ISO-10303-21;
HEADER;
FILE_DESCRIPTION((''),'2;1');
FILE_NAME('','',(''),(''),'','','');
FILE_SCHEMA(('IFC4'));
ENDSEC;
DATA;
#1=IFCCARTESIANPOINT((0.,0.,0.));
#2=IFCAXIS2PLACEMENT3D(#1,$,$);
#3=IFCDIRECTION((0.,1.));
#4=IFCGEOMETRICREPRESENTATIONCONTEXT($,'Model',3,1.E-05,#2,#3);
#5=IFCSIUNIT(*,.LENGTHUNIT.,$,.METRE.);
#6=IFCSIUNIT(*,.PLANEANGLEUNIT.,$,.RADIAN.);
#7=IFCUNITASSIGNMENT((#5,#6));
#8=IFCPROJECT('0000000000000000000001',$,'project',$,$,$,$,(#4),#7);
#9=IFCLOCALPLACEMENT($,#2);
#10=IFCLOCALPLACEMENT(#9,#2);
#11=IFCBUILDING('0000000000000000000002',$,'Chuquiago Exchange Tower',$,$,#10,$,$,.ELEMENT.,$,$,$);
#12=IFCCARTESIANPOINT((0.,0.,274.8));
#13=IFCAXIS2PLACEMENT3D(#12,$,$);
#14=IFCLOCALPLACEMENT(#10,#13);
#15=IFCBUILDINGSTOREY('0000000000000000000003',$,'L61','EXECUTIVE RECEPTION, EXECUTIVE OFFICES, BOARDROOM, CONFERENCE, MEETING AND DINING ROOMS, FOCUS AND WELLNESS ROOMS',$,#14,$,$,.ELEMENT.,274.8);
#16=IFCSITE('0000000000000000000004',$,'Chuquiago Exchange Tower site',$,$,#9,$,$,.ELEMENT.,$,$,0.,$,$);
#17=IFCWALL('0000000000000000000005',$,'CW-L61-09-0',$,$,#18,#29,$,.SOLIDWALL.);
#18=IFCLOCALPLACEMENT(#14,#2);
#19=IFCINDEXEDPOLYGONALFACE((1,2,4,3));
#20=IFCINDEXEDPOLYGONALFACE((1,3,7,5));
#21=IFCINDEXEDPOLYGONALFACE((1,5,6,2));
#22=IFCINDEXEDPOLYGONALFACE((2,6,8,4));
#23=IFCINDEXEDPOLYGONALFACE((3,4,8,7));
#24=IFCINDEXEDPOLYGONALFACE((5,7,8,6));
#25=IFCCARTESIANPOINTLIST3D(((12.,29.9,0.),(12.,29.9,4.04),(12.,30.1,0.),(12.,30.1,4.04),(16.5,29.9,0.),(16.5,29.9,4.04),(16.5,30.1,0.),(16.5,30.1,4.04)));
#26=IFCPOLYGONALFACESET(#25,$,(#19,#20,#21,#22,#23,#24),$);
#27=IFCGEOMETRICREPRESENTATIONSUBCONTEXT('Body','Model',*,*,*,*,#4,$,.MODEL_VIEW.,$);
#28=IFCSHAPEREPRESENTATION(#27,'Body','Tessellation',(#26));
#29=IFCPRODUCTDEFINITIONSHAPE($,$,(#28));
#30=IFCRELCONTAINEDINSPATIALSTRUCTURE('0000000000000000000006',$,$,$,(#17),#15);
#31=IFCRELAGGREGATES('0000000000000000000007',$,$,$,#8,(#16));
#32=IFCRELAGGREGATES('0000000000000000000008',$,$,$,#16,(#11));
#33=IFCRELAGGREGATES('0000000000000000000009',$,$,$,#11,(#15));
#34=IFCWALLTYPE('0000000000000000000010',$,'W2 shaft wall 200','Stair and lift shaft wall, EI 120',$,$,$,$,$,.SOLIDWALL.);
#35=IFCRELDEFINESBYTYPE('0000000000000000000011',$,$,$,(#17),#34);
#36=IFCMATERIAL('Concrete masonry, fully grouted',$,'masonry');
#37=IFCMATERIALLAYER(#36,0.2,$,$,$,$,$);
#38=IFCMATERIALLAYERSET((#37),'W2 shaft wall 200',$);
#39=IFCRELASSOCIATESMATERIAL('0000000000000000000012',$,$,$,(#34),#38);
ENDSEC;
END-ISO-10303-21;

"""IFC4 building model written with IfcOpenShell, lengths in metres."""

from ifc_helpers import new_model, si_unit, direction, frame, frame_2d, origin, place, context, subcontext, project, spatial, rectangle, extrude, material, layer, layer_set, type_object, element, save


model = new_model("IFC4")

# Units and contexts
model_context = context("Model", 3, precision=1e-05, world=origin(), true_north=direction((0.0, 1.0)))
body_context = subcontext(model_context, "Body", "Model", "MODEL_VIEW")
ifc_project = project(units=[si_unit("LENGTHUNIT", "METRE"), si_unit("PLANEANGLEUNIT", "RADIAN")], contexts=[model_context])

# Site, building, storey
site_placement = place(None, origin())
site = spatial("IfcSite", under=ifc_project, at=site_placement, Name="Chuquiago Exchange Tower site", CompositionType="ELEMENT", RefElevation=0.0)
building_placement = place(site_placement, origin())
building = spatial("IfcBuilding", under=site, at=building_placement, Name="Chuquiago Exchange Tower", CompositionType="ELEMENT")
storey_placement = place(building_placement, frame((0.0, 0.0, 274.8)))
storey = spatial("IfcBuildingStorey", under=building, at=storey_placement, Name="L61", Description="EXECUTIVE RECEPTION, EXECUTIVE OFFICES, BOARDROOM, CONFERENCE, MEETING AND DINING ROOMS, FOCUS AND WELLNESS ROOMS", CompositionType="ELEMENT", Elevation=274.8)

# Wall
ifc_material_1 = material(Name="Concrete masonry, fully grouted", Category="masonry")
ifc_layer_1 = layer(ifc_material_1, 0.2)
ifc_layer_set_1 = layer_set([ifc_layer_1], Name="W2 shaft wall 200")
wall_type_1 = type_object("IfcWallType", Name="W2 shaft wall 200", Description="Stair and lift shaft wall, EI 120", PredefinedType="SOLIDWALL", material=ifc_layer_set_1)
wall_1_placement = place(storey_placement, frame((12.0, 30.0, 0.0), z_axis=(0.0, 0.0, 1.0), x_axis=(1.0, 0.0, 0.0)))
element("IfcWall", 1, at=wall_1_placement, inside=storey, type_object=wall_type_1, Name="CW-L61-09-0", PredefinedType="SOLIDWALL", context=body_context, shape_type="SweptSolid", body=[
    extrude(rectangle(XDim=4.5, YDim=0.2, at=frame_2d((2.25, 0.0))), origin(), (0.0, 0.0, 1.0), 4.04),
])

save(model, "model.ifc")
